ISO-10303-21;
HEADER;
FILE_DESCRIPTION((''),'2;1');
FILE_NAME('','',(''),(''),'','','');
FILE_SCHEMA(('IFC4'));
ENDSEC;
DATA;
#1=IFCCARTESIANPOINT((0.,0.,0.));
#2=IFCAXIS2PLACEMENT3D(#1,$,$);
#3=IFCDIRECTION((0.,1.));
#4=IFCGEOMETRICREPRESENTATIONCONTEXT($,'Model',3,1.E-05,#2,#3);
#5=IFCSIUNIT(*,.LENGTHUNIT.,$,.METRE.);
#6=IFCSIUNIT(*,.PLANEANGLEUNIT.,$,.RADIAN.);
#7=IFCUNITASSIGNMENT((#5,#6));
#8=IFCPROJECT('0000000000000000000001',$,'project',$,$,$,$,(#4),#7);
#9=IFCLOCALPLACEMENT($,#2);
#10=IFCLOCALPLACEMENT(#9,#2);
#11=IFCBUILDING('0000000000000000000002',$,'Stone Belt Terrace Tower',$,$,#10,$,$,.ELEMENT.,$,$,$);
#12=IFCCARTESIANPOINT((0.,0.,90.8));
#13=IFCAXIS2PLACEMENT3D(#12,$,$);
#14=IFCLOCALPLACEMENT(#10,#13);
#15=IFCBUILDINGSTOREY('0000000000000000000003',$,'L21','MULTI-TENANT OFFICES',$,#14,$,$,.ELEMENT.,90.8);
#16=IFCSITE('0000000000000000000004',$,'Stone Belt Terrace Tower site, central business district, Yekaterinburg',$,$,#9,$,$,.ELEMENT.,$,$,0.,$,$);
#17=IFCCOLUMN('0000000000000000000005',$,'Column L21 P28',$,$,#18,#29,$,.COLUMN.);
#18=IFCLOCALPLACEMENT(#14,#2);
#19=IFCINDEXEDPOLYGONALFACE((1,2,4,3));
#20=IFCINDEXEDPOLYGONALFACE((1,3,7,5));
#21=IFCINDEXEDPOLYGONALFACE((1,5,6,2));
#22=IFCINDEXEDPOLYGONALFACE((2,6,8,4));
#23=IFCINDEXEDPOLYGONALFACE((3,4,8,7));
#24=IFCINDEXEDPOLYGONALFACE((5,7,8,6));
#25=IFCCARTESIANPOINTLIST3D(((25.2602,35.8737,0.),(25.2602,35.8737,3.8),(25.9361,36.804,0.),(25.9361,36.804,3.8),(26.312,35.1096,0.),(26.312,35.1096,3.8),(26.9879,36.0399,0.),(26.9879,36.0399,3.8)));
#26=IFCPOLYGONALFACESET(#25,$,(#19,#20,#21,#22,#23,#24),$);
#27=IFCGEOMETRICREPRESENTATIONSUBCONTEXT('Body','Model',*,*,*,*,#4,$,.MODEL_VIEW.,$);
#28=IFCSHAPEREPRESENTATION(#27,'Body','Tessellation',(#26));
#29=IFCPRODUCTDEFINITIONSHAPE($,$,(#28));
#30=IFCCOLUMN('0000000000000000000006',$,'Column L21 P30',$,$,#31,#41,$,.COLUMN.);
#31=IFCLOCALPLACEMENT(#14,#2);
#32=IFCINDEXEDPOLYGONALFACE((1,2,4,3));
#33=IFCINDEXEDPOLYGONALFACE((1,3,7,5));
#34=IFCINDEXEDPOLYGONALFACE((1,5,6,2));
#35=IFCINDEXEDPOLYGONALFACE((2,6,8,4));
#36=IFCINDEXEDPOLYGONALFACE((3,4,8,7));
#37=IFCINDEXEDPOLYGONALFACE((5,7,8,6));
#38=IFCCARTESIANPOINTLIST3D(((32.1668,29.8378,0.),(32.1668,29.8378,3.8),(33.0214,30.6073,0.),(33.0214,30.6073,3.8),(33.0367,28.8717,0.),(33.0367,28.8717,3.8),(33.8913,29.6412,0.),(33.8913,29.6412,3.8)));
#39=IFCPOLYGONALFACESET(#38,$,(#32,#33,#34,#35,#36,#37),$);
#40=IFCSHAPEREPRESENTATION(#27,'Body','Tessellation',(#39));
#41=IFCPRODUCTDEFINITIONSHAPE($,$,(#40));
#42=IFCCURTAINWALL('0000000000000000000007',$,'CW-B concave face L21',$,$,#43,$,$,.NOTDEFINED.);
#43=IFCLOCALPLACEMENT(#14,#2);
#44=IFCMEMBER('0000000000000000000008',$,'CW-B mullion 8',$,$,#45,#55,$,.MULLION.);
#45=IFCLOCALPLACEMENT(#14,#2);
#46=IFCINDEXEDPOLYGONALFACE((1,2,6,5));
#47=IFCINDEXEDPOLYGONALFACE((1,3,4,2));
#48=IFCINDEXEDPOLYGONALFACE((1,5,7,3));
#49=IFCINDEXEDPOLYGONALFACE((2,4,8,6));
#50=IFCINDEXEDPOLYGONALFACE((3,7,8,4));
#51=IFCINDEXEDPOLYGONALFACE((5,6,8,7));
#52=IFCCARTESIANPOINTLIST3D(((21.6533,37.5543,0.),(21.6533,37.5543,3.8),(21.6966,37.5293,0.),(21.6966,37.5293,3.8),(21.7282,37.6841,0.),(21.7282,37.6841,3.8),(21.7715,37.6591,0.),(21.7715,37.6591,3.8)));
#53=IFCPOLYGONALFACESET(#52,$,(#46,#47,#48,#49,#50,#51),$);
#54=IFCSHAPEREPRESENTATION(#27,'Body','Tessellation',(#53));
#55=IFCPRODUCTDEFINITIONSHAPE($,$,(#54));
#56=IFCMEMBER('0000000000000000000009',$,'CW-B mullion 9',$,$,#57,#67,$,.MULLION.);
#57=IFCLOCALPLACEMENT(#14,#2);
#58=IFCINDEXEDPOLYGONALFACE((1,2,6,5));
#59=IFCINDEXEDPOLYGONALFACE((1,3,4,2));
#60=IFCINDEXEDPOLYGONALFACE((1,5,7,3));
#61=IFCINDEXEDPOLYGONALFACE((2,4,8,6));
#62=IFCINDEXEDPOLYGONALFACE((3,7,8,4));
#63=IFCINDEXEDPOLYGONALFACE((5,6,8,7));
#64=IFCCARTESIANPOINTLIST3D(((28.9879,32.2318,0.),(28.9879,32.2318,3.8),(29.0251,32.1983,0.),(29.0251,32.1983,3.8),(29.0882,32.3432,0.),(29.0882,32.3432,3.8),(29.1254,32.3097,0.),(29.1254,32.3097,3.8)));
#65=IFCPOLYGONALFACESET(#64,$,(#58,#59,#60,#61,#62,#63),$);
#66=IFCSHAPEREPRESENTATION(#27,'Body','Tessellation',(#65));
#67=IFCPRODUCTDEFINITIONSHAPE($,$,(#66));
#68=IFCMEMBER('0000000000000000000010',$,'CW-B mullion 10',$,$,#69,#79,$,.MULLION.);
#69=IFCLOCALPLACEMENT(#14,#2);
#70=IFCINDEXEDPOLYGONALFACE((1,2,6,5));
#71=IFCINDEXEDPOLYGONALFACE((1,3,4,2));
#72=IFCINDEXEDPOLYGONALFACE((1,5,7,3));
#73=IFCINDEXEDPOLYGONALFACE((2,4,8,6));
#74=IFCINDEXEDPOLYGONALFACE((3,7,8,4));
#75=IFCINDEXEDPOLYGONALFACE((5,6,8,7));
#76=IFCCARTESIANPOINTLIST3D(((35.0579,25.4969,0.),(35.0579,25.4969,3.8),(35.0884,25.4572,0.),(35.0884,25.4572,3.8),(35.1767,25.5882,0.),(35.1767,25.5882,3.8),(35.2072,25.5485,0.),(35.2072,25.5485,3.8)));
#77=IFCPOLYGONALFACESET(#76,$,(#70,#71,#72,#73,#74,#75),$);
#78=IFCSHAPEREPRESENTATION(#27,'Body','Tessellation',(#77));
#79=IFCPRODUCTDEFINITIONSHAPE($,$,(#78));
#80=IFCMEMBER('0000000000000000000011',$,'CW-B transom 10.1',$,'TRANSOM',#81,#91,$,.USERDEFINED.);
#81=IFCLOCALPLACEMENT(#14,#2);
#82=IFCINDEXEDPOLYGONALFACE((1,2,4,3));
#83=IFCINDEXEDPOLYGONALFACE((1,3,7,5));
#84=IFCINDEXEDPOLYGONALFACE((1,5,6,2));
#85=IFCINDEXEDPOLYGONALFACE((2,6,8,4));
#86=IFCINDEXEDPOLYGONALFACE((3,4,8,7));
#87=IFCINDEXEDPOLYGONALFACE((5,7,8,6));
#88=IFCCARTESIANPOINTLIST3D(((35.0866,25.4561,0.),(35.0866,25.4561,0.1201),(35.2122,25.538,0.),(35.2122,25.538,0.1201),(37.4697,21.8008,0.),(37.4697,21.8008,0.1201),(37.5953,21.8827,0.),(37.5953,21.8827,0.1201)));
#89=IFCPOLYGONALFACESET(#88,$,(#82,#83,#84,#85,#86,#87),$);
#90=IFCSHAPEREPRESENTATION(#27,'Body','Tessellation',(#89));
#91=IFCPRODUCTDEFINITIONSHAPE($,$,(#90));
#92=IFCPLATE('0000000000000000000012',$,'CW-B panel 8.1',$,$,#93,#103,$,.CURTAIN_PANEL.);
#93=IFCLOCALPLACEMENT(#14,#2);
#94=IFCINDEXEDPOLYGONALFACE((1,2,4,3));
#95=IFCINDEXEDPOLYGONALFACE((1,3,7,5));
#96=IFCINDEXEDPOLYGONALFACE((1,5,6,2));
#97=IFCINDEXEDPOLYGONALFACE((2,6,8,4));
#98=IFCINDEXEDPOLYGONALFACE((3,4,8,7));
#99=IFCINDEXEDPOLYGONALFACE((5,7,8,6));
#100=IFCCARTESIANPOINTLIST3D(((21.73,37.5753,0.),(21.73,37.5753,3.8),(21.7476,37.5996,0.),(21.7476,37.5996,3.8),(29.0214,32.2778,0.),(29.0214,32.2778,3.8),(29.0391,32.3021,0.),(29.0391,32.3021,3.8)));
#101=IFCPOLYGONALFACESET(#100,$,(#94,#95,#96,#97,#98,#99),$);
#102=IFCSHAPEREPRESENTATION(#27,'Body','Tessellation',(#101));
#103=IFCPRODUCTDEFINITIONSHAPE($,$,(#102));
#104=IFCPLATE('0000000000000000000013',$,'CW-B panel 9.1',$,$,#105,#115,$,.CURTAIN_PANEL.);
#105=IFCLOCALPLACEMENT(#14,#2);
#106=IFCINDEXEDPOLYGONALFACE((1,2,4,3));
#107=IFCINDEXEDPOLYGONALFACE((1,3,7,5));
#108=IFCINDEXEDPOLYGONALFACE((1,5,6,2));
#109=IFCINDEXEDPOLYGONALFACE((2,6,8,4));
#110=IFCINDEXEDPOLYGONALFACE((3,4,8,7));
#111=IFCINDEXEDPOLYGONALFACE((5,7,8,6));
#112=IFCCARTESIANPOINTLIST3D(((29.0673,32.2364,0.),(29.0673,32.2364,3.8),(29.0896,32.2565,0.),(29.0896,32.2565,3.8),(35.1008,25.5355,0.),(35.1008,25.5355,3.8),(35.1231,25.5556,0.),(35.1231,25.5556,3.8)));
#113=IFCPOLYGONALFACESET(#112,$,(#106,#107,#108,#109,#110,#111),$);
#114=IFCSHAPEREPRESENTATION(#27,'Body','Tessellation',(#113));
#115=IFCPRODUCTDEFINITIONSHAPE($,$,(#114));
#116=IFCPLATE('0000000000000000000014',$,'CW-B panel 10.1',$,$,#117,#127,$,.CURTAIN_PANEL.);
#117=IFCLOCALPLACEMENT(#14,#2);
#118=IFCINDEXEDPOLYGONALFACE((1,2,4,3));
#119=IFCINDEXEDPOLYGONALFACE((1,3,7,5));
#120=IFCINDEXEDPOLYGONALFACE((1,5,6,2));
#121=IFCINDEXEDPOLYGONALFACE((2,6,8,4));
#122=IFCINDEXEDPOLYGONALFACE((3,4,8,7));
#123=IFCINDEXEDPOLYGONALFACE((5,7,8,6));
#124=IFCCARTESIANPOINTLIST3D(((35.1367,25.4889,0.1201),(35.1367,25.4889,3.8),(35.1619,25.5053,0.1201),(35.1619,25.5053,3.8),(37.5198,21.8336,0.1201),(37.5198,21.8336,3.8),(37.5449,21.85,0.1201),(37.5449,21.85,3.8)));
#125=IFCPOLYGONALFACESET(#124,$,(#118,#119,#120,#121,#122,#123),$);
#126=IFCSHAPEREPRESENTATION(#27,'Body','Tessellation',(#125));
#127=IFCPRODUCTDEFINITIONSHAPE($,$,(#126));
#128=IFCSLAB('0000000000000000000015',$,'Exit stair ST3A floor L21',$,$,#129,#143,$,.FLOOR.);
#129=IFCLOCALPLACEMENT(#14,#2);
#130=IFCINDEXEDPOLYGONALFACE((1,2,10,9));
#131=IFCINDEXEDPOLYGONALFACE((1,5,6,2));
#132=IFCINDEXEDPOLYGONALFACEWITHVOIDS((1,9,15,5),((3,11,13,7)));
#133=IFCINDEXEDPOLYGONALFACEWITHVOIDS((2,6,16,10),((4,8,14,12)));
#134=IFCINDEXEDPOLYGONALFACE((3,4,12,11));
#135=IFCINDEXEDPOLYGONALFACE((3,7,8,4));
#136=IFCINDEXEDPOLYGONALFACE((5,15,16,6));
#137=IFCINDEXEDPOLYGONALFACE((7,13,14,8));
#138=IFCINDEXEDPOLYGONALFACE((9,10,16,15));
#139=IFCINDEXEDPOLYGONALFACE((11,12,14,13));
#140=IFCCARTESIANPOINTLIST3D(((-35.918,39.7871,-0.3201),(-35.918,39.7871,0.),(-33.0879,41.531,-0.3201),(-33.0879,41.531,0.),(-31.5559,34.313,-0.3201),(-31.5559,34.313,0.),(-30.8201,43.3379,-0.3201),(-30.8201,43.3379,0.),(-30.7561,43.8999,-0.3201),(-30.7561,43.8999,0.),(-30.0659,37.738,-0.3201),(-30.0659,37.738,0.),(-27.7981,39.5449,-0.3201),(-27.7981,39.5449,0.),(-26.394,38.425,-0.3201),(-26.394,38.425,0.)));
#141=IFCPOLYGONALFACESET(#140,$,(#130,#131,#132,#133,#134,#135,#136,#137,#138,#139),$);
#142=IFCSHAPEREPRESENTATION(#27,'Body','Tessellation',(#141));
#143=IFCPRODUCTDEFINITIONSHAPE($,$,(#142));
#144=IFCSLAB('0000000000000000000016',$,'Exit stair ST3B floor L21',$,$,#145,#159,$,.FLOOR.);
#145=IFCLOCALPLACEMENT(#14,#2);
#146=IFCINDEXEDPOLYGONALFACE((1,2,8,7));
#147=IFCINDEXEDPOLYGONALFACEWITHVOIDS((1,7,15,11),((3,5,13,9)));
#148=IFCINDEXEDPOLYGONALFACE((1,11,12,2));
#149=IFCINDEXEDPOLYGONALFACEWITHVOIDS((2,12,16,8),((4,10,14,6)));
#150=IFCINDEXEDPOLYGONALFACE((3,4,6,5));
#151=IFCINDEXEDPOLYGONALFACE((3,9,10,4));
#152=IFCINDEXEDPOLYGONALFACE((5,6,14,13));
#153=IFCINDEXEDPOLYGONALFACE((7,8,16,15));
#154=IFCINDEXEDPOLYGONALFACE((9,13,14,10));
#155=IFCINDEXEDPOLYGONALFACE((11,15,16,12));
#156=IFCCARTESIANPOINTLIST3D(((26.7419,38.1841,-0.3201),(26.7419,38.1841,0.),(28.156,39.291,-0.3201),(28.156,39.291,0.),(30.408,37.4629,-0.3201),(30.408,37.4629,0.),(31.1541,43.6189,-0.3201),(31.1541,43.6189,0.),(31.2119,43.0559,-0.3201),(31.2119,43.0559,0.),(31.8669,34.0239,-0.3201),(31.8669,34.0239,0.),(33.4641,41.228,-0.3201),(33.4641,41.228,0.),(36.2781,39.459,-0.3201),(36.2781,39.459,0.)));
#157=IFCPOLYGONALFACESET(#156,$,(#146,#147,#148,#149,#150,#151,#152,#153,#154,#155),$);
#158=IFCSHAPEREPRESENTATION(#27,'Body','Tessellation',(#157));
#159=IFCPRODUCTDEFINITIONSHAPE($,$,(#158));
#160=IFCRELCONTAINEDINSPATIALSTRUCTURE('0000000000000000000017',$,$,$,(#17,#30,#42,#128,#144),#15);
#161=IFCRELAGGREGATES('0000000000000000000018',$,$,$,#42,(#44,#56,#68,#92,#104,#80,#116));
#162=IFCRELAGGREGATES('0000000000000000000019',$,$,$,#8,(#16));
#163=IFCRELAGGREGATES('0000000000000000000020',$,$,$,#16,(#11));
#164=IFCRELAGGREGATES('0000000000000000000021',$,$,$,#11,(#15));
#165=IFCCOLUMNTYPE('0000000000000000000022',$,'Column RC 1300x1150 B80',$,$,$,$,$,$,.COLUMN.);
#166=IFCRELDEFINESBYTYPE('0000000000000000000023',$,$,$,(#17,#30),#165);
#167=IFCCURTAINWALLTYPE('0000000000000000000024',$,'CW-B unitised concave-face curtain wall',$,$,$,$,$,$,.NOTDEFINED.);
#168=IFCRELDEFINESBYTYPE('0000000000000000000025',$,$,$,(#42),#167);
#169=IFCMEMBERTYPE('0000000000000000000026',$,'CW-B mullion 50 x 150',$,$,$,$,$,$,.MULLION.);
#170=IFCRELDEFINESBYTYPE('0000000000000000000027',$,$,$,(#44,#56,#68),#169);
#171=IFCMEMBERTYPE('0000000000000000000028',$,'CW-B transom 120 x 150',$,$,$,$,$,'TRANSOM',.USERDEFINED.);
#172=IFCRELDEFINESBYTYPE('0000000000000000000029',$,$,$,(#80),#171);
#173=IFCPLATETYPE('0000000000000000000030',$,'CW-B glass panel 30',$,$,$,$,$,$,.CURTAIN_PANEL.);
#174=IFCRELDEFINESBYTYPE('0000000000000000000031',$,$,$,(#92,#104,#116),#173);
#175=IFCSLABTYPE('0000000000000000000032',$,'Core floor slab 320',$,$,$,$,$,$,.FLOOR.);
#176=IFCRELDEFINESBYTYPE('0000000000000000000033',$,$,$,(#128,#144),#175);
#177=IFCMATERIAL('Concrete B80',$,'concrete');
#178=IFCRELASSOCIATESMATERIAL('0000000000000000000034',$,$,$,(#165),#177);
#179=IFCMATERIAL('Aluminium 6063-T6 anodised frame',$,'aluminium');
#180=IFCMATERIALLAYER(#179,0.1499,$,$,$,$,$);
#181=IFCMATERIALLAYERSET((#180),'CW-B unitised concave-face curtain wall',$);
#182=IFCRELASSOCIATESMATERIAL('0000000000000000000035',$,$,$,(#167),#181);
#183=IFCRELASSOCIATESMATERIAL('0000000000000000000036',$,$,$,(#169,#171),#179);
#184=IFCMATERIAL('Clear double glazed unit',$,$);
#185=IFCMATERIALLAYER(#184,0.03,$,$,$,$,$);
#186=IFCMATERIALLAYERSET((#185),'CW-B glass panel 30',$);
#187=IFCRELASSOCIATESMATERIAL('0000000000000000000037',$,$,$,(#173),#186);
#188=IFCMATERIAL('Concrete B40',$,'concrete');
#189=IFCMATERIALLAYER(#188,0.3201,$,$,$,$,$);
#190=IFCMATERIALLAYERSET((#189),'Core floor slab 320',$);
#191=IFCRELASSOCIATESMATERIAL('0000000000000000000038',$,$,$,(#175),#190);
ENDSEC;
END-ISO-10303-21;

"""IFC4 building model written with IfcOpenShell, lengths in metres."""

from ifc_helpers import new_model, si_unit, direction, frame, origin, origin_2d, place, context, subcontext, project, spatial, polyline, rectangle, outline, extrude, material, layer, layer_set, material_profile, profile_set, type_object, element, aggregate, save


model = new_model("IFC4")

# Units and contexts
model_context = context("Model", 3, precision=1e-05, world=origin(), true_north=direction((0.0, 1.0)))
body_context = subcontext(model_context, "Body", "Model", "MODEL_VIEW")
ifc_project = project(units=[si_unit("LENGTHUNIT", "METRE"), si_unit("PLANEANGLEUNIT", "RADIAN")], contexts=[model_context])

# Site, building, storey
site_placement = place(None, origin())
site = spatial("IfcSite", under=ifc_project, at=site_placement, Name="Stone Belt Terrace Tower site, central business district, Yekaterinburg", CompositionType="ELEMENT", RefElevation=0.0)
building_placement = place(site_placement, origin())
building = spatial("IfcBuilding", under=site, at=building_placement, Name="Stone Belt Terrace Tower", CompositionType="ELEMENT")
storey_placement = place(building_placement, frame((0.0, 0.0, 90.8)))
storey = spatial("IfcBuildingStorey", under=building, at=storey_placement, Name="L21", Description="MULTI-TENANT OFFICES", CompositionType="ELEMENT", Elevation=90.8)

# Columns
ifc_material_1 = material(Name="Concrete B80", Category="concrete")
ifc_material_profile_1 = material_profile(ifc_material_1, rectangle(XDim=1.3, YDim=1.1499, at=origin_2d()), Name="RC 1300x1150")
ifc_profile_set_1 = profile_set([ifc_material_profile_1], Name="Concrete B80")
column_type = type_object("IfcColumnType", Name="Column RC 1300x1150 B80", PredefinedType="COLUMN", material=ifc_profile_set_1)
for number, where, z_axis, x_axis, name in (
    (1, (26.124, 35.9568, 0.0), (0.0, 0.0, 1.0), (0.809017, -0.587785, 0.0), "Column L21 P28"),
    (2, (33.0291, 29.7395, 0.0), (0.0, 0.0, 1.0), (0.669131, -0.743145, 0.0), "Column L21 P30"),
):
    element("IfcColumn", number, at=place(storey_placement, frame(where, z_axis=z_axis, x_axis=x_axis)), inside=storey, type_object=column_type, Name=name, PredefinedType="COLUMN", context=body_context, shape_type="SweptSolid", body=[
        extrude(rectangle(XDim=1.3, YDim=1.1499, at=origin_2d()), origin(), (0.0, 0.0, 1.0), 3.8),
    ])

# Curtain wall, members, plates
ifc_material_2 = material(Name="Aluminium 6063-T6 anodised frame", Category="aluminium")
ifc_layer_1 = layer(ifc_material_2, 0.1499)
ifc_layer_set_1 = layer_set([ifc_layer_1], Name="CW-B unitised concave-face curtain wall")
curtain_wall_type = type_object("IfcCurtainWallType", Name="CW-B unitised concave-face curtain wall", PredefinedType="NOTDEFINED", material=ifc_layer_set_1)
curtain_wall_placement = place(storey_placement, origin())
curtain_wall = element("IfcCurtainWall", 3, at=curtain_wall_placement, inside=storey, type_object=curtain_wall_type, Name="CW-B concave face L21", PredefinedType="NOTDEFINED")
ifc_material_profile_2 = material_profile(ifc_material_2, rectangle(XDim=0.1499, YDim=0.05, at=origin_2d()), Name="Aluminium 6063-T6 50x150")
ifc_profile_set_2 = profile_set([ifc_material_profile_2], Name="Aluminium 6063-T6 anodised frame")
member_type_1 = type_object("IfcMemberType", Name="CW-B mullion 50 x 150", PredefinedType="MULLION", material=ifc_profile_set_2)
member_1_placement = place(storey_placement, frame((21.7124, 37.6067, 0.0), z_axis=(0.0, 0.0, 1.0), x_axis=(0.5, 0.866025, 0.0)))
member_1 = element("IfcMember", 4, at=member_1_placement, type_object=member_type_1, Name="CW-B mullion 8", PredefinedType="MULLION", context=body_context, shape_type="SweptSolid", body=[
    extrude(rectangle(XDim=0.1499, YDim=0.05, at=origin_2d()), origin(), (0.0, 0.0, 1.0), 3.8),
])
member_2_placement = place(storey_placement, frame((29.0566, 32.2708, 0.0), z_axis=(0.0, 0.0, 1.0), x_axis=(0.669131, 0.743145, 0.0)))
member_2 = element("IfcMember", 5, at=member_2_placement, type_object=member_type_1, Name="CW-B mullion 9", PredefinedType="MULLION", context=body_context, shape_type="SweptSolid", body=[
    extrude(rectangle(XDim=0.1499, YDim=0.05, at=origin_2d()), origin(), (0.0, 0.0, 1.0), 3.8),
])
member_3_placement = place(storey_placement, frame((35.1326, 25.5227, 0.0), z_axis=(0.0, 0.0, 1.0), x_axis=(0.792811, 0.609468, 0.0)))
member_3 = element("IfcMember", 6, at=member_3_placement, type_object=member_type_1, Name="CW-B mullion 10", PredefinedType="MULLION", context=body_context, shape_type="SweptSolid", body=[
    extrude(rectangle(XDim=0.1499, YDim=0.05, at=origin_2d()), origin(), (0.0, 0.0, 1.0), 3.8),
])
ifc_material_profile_3 = material_profile(ifc_material_2, rectangle(XDim=0.1499, YDim=0.1201, at=origin_2d()), Name="Aluminium 6063-T6 150x120")
ifc_profile_set_3 = profile_set([ifc_material_profile_3], Name="Aluminium 6063-T6 anodised frame")
member_type_2 = type_object("IfcMemberType", Name="CW-B transom 120 x 150", ElementType="TRANSOM", PredefinedType="USERDEFINED", material=ifc_profile_set_3)
member_4_placement = place(storey_placement, frame((35.1494, 25.4971, 0.0601), z_axis=(0.546136, -0.837696, 0.0), x_axis=(0.837696, 0.546136, 0.0)))
member_4 = element("IfcMember", 7, at=member_4_placement, type_object=member_type_2, Name="CW-B transom 10.1", ObjectType="TRANSOM", PredefinedType="USERDEFINED", context=body_context, shape_type="SweptSolid", body=[
    extrude(rectangle(XDim=0.1499, YDim=0.1201, at=origin_2d()), origin(), (0.0, 0.0, 1.0), 4.3635),
])
ifc_material_3 = material(Name="Clear double glazed unit")
ifc_layer_2 = layer(ifc_material_3, 0.03)
ifc_layer_set_2 = layer_set([ifc_layer_2], Name="CW-B glass panel 30")
plate_type = type_object("IfcPlateType", Name="CW-B glass panel 30", PredefinedType="CURTAIN_PANEL", material=ifc_layer_set_2)
plate_1_placement = place(storey_placement, frame((25.3845, 34.9387, 0.0), z_axis=(0.0, 0.0, 1.0), x_axis=(0.809017, -0.587785, 0.0)))
plate_1 = element("IfcPlate", 8, at=plate_1_placement, type_object=plate_type, Name="CW-B panel 8.1", PredefinedType="CURTAIN_PANEL", context=body_context, shape_type="SweptSolid", body=[
    extrude(rectangle(XDim=9.0127, YDim=0.03, at=origin_2d()), origin(), (0.0, 0.0, 1.0), 3.8),
])
plate_2_placement = place(storey_placement, frame((32.0952, 28.896, 0.0), z_axis=(0.0, 0.0, 1.0), x_axis=(0.669131, -0.743145, 0.0)))
plate_2 = element("IfcPlate", 9, at=plate_2_placement, type_object=plate_type, Name="CW-B panel 9.1", PredefinedType="CURTAIN_PANEL", context=body_context, shape_type="SweptSolid", body=[
    extrude(rectangle(XDim=9.0168, YDim=0.03, at=origin_2d()), origin(), (0.0, 0.0, 1.0), 3.8),
])
plate_3_placement = place(storey_placement, frame((36.3408, 23.6694, 0.1201), z_axis=(0.0, 0.0, 1.0), x_axis=(0.546132, -0.837699, 0.0)))
plate_3 = element("IfcPlate", 10, at=plate_3_placement, type_object=plate_type, Name="CW-B panel 10.1", PredefinedType="CURTAIN_PANEL", context=body_context, shape_type="SweptSolid", body=[
    extrude(rectangle(XDim=4.3635, YDim=0.03, at=origin_2d()), origin(), (0.0, 0.0, 1.0), 3.6799),
])
aggregate(curtain_wall, [member_1, member_2, member_3, plate_1, plate_2, member_4, plate_3])

# Slabs
ifc_material_4 = material(Name="Concrete B40", Category="concrete")
ifc_layer_3 = layer(ifc_material_4, 0.3201)
ifc_layer_set_3 = layer_set([ifc_layer_3], Name="Core floor slab 320")
slab_type = type_object("IfcSlabType", Name="Core floor slab 320", PredefinedType="FLOOR", material=ifc_layer_set_3)
slab_1_placement = place(storey_placement, frame((0.0, 0.0, -0.3201)))
element("IfcSlab", 11, at=slab_1_placement, inside=storey, type_object=slab_type, Name="Exit stair ST3A floor L21", PredefinedType="FLOOR", context=body_context, shape_type="SweptSolid", body=[
    extrude(outline(polyline([(-26.394, 38.425), (-30.7561, 43.8999), (-35.918, 39.7871), (-31.5559, 34.313), (-26.394, 38.425)]), holes=[polyline([(-27.7981, 39.5449), (-30.0659, 37.738), (-33.0879, 41.531), (-30.8201, 43.3379), (-27.7981, 39.5449)])]), origin(), (0.0, 0.0, 1.0), 0.3201),
])
slab_2_placement = place(storey_placement, frame((0.0, 0.0, -0.3201)))
element("IfcSlab", 12, at=slab_2_placement, inside=storey, type_object=slab_type, Name="Exit stair ST3B floor L21", PredefinedType="FLOOR", context=body_context, shape_type="SweptSolid", body=[
    extrude(outline(polyline([(26.7419, 38.1841), (31.8669, 34.0239), (36.2781, 39.459), (31.1541, 43.6189), (26.7419, 38.1841)]), holes=[polyline([(30.408, 37.4629), (28.156, 39.291), (31.2119, 43.0559), (33.4641, 41.228), (30.408, 37.4629)])]), origin(), (0.0, 0.0, 1.0), 0.3201),
])

save(model, "model.ifc")
